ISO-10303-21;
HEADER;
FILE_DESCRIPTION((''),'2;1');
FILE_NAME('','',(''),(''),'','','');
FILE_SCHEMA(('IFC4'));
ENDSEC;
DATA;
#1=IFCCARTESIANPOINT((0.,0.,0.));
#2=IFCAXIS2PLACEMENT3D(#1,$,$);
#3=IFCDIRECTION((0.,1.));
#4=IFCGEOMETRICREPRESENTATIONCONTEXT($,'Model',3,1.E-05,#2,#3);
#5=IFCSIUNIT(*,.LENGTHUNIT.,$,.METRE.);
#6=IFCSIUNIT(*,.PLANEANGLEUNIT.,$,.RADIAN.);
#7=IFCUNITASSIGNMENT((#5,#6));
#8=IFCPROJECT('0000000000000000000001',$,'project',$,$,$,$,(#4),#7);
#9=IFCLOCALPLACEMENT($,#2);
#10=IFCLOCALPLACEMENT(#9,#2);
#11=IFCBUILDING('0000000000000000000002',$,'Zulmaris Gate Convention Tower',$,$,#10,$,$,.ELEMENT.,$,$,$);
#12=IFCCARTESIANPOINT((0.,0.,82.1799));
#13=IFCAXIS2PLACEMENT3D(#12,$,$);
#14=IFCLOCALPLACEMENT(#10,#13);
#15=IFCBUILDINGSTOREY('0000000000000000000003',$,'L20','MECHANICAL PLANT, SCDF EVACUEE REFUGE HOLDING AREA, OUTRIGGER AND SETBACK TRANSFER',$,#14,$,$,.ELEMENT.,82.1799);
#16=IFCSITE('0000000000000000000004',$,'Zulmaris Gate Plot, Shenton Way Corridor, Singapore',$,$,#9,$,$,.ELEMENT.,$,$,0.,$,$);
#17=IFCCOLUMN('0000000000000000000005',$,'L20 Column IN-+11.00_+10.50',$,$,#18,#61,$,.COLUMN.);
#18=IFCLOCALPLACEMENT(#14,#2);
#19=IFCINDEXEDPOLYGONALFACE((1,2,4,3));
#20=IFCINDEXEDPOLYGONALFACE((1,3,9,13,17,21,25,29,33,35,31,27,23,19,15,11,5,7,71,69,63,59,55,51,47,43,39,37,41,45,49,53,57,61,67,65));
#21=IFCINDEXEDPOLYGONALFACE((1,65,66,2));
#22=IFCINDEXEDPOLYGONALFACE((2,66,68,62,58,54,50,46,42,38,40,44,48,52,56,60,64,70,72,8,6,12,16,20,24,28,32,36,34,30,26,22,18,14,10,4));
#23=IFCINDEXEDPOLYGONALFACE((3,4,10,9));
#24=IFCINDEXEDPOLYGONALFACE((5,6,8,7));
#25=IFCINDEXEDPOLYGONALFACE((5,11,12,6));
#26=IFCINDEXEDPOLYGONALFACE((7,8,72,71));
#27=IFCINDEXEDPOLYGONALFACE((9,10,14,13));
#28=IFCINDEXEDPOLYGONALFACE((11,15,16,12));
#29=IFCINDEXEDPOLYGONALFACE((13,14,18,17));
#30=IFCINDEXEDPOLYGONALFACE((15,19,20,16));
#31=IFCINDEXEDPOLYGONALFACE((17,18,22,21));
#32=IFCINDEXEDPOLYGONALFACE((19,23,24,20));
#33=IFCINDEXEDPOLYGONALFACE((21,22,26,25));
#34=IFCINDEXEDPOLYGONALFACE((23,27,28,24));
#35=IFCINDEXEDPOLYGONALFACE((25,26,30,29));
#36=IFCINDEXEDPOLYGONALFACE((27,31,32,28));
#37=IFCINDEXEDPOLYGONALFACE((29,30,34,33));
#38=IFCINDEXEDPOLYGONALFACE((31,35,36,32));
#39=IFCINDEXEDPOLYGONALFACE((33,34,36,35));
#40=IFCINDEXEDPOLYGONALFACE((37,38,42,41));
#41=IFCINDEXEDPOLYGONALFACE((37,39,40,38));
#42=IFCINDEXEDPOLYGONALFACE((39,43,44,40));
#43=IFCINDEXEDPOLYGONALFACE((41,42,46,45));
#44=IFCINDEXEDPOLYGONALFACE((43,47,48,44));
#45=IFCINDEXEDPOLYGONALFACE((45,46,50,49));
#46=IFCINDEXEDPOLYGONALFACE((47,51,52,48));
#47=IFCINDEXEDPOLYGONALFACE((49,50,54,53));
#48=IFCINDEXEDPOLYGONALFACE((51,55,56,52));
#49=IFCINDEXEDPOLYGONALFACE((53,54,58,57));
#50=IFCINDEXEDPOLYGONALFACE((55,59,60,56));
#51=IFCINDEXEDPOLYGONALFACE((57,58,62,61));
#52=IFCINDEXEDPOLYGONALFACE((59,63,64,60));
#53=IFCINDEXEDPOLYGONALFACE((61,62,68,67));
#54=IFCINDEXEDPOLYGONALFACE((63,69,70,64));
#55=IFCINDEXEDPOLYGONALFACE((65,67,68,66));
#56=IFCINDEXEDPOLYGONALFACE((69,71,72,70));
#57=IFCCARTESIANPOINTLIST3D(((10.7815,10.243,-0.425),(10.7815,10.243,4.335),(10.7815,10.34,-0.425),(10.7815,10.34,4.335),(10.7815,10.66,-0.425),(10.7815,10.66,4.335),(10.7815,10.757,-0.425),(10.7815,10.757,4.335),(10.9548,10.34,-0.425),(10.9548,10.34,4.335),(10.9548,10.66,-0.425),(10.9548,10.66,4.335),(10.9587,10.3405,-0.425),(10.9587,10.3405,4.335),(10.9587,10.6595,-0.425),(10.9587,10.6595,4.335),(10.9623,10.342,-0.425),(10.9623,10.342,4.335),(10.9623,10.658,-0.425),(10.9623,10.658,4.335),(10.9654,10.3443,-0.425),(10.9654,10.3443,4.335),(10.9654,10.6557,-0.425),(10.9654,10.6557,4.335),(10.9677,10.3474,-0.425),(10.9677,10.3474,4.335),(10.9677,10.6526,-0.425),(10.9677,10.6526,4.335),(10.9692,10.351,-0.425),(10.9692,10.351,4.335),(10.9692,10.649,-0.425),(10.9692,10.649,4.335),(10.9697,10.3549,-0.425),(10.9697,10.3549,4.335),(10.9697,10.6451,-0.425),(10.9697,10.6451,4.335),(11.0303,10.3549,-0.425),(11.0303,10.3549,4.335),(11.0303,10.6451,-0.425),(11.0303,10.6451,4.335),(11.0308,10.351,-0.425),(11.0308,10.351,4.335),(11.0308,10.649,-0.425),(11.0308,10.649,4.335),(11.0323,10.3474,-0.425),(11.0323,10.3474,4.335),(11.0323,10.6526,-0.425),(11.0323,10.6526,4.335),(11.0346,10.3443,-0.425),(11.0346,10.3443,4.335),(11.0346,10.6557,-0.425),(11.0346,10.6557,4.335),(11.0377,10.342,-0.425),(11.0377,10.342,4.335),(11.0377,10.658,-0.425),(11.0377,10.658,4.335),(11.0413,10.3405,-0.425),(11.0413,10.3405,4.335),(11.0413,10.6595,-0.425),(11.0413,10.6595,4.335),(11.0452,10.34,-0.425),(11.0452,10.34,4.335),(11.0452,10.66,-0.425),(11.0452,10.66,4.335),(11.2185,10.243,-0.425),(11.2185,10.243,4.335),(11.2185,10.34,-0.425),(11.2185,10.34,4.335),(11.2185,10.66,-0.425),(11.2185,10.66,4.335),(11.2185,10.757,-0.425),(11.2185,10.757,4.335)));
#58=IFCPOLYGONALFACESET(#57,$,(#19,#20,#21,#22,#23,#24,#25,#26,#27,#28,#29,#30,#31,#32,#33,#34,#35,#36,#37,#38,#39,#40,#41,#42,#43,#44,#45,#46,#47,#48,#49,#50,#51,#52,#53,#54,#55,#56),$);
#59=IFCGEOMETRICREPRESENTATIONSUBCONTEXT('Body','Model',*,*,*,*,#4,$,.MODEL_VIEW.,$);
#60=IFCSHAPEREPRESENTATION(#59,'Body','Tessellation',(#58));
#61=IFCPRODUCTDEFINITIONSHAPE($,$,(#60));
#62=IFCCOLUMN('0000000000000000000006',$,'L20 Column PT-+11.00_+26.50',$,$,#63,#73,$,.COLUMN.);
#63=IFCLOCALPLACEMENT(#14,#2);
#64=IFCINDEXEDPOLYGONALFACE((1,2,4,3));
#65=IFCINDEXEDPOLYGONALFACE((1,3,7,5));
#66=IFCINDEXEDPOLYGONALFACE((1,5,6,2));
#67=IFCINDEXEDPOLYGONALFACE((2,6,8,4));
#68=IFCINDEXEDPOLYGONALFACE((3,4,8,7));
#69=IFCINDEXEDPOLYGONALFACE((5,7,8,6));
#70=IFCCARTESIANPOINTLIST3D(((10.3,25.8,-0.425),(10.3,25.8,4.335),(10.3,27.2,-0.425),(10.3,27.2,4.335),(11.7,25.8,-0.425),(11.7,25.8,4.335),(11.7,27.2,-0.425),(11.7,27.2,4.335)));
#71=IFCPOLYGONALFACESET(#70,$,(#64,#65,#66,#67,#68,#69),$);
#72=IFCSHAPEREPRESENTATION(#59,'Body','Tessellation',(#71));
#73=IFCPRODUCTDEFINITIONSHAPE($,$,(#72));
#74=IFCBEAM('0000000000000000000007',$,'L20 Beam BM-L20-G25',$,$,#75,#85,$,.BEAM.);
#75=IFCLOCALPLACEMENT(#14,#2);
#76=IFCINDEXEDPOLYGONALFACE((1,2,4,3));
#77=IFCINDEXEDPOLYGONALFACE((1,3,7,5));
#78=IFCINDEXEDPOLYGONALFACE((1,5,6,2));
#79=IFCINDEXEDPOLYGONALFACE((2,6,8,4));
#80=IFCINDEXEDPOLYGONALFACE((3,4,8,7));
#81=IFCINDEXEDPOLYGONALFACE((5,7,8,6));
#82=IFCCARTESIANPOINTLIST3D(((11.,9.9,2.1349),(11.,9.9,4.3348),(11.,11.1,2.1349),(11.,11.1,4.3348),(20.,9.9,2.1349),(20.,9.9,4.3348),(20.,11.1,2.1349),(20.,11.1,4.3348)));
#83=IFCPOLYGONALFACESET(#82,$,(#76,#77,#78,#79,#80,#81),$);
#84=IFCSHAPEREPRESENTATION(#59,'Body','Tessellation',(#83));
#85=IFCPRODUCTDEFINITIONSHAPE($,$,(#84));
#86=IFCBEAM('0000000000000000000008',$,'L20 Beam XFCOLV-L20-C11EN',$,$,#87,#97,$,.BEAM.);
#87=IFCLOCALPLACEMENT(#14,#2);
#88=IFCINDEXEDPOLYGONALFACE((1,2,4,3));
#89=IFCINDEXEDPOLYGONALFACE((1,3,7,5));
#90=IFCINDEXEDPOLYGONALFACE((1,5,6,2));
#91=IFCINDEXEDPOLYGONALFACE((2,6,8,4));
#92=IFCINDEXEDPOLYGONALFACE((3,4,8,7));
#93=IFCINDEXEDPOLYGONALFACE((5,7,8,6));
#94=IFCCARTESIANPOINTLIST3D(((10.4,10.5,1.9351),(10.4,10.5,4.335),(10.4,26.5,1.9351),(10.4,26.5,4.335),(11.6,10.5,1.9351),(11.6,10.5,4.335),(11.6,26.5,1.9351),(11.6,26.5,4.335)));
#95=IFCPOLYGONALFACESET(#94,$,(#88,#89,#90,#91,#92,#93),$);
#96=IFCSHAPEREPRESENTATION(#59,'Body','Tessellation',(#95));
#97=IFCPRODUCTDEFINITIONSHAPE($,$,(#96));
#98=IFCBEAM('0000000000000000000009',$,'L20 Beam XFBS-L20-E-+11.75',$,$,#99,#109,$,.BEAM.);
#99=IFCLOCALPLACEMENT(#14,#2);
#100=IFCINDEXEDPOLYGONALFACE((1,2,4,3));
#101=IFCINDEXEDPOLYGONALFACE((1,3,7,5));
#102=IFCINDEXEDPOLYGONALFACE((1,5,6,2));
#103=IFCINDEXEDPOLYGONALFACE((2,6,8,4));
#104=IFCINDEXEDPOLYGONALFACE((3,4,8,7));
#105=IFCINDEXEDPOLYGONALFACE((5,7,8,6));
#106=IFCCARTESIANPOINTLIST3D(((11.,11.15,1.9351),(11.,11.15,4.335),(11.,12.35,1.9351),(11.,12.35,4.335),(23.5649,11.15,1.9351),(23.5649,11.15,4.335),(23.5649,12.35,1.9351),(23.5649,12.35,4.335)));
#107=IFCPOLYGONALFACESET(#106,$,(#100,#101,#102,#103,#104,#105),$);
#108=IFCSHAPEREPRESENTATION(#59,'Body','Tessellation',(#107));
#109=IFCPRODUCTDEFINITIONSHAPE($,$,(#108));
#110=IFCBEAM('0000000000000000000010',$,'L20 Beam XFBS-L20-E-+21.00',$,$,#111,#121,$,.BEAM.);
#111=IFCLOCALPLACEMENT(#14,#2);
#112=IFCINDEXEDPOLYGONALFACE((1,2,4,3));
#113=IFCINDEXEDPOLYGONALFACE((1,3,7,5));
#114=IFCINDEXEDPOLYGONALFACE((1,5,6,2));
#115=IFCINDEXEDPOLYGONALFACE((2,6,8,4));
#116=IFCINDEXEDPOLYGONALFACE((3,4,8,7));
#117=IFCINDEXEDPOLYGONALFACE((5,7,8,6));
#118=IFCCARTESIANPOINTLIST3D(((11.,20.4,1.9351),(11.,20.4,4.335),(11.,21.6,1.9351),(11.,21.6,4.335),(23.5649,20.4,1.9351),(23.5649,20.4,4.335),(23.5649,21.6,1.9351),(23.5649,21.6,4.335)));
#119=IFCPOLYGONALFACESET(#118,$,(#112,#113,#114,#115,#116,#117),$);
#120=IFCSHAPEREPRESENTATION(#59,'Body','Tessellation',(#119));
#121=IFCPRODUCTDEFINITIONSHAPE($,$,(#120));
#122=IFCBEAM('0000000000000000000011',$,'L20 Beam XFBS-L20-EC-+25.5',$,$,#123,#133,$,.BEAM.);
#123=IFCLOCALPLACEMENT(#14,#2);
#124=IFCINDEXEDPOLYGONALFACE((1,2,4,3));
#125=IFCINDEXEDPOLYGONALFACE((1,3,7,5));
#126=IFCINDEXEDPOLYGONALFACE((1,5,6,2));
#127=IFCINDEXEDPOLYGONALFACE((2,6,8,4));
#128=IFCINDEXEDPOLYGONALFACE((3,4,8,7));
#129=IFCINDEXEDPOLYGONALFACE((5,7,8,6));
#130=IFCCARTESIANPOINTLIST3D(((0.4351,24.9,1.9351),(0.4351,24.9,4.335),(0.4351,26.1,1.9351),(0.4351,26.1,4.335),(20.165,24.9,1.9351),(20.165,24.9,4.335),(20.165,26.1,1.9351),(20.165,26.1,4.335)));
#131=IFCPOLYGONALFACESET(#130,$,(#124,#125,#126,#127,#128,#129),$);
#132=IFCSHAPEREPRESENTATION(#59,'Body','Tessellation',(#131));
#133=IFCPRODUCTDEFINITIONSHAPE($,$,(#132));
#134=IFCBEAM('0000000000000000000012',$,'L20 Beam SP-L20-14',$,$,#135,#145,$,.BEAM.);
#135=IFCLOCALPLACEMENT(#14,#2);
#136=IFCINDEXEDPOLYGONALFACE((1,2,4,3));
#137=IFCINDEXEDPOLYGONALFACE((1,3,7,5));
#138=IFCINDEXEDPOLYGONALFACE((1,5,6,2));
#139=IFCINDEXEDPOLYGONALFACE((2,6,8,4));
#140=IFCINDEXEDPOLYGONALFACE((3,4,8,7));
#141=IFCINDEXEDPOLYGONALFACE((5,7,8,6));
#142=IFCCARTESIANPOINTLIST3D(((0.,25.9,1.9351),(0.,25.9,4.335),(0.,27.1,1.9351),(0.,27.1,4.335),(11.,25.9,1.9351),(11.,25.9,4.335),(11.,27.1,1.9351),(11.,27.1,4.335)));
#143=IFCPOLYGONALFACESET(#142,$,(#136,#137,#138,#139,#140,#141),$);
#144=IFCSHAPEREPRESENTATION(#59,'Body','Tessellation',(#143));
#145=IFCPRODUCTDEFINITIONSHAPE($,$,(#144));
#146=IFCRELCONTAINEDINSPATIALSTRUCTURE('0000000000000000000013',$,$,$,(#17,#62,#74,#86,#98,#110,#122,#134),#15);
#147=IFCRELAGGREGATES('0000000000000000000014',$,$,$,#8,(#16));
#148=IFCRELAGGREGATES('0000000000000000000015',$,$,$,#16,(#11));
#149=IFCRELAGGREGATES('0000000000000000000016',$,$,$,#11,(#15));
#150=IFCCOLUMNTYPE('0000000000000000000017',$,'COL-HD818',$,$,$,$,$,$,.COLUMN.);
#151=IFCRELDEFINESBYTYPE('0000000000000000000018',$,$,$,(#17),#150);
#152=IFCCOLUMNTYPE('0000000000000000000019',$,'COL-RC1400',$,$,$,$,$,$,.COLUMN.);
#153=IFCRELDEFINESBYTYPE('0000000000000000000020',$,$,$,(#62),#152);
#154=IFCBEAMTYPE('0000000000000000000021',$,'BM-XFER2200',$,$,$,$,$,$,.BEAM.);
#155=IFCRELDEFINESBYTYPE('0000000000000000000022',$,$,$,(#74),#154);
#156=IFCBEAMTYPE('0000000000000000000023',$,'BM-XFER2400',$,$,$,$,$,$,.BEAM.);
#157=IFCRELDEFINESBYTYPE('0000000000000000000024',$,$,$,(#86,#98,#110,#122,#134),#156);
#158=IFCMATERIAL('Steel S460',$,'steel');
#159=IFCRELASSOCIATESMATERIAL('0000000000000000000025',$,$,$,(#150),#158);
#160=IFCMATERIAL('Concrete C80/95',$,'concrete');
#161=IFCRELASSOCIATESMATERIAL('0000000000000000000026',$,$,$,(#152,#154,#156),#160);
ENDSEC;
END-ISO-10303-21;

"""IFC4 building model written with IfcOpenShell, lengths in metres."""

from ifc_helpers import new_model, si_unit, direction, frame, origin, origin_2d, place, context, subcontext, project, spatial, rectangle, i_section, extrude, material, material_profile, profile_set, type_object, element, save


model = new_model("IFC4")

# Units and contexts
model_context = context("Model", 3, precision=1e-05, world=origin(), true_north=direction((0.0, 1.0)))
body_context = subcontext(model_context, "Body", "Model", "MODEL_VIEW")
ifc_project = project(units=[si_unit("LENGTHUNIT", "METRE"), si_unit("PLANEANGLEUNIT", "RADIAN")], contexts=[model_context])

# Site, building, storey
site_placement = place(None, origin())
site = spatial("IfcSite", under=ifc_project, at=site_placement, Name="Zulmaris Gate Plot, Shenton Way Corridor, Singapore", CompositionType="ELEMENT", RefElevation=0.0)
building_placement = place(site_placement, origin())
building = spatial("IfcBuilding", under=site, at=building_placement, Name="Zulmaris Gate Convention Tower", CompositionType="ELEMENT")
storey_placement = place(building_placement, frame((0.0, 0.0, 82.1799)))
storey = spatial("IfcBuildingStorey", under=building, at=storey_placement, Name="L20", Description="MECHANICAL PLANT, SCDF EVACUEE REFUGE HOLDING AREA, OUTRIGGER AND SETBACK TRANSFER", CompositionType="ELEMENT", Elevation=82.1799)

# Columns
ifc_material_1 = material(Name="Steel S460", Category="steel")
ifc_material_profile_1 = material_profile(ifc_material_1, i_section(OverallWidth=0.437, OverallDepth=0.5139, WebThickness=0.0605, FlangeThickness=0.0969, FilletRadius=0.0149, at=origin_2d()), Name="HD 400x818")
ifc_profile_set_1 = profile_set([ifc_material_profile_1], Name="Steel S460")
column_type_1 = type_object("IfcColumnType", Name="COL-HD818", PredefinedType="COLUMN", material=ifc_profile_set_1)
column_1_placement = place(storey_placement, frame((11.0, 10.5, -0.425), z_axis=(0.0, 0.0, 1.0), x_axis=(1.0, 0.0, 0.0)))
element("IfcColumn", 1, at=column_1_placement, inside=storey, type_object=column_type_1, Name="L20 Column IN-+11.00_+10.50", PredefinedType="COLUMN", context=body_context, shape_type="SweptSolid", body=[
    extrude(i_section(OverallWidth=0.437, OverallDepth=0.5139, WebThickness=0.0605, FlangeThickness=0.0969, FilletRadius=0.0149, at=origin_2d()), origin(), (0.0, 0.0, 1.0), 4.76),
])
ifc_material_2 = material(Name="Concrete C80/95", Category="concrete")
ifc_material_profile_2 = material_profile(ifc_material_2, rectangle(XDim=1.3999, YDim=1.3999, at=origin_2d()), Name="RC COL 1400x1400")
ifc_profile_set_2 = profile_set([ifc_material_profile_2], Name="Concrete C80/95")
column_type_2 = type_object("IfcColumnType", Name="COL-RC1400", PredefinedType="COLUMN", material=ifc_profile_set_2)
column_2_placement = place(storey_placement, frame((11.0, 26.5, -0.425), z_axis=(0.0, 0.0, 1.0), x_axis=(1.0, 0.0, 0.0)))
element("IfcColumn", 2, at=column_2_placement, inside=storey, type_object=column_type_2, Name="L20 Column PT-+11.00_+26.50", PredefinedType="COLUMN", context=body_context, shape_type="SweptSolid", body=[
    extrude(rectangle(XDim=1.3999, YDim=1.3999, at=origin_2d()), origin(), (0.0, 0.0, 1.0), 4.76),
])

# Beams
ifc_material_profile_3 = material_profile(ifc_material_2, rectangle(XDim=1.2, YDim=2.2, at=origin_2d()), Name="RC TRANSFER 1200x2200")
ifc_profile_set_3 = profile_set([ifc_material_profile_3], Name="Concrete C80/95")
beam_type_1 = type_object("IfcBeamType", Name="BM-XFER2200", PredefinedType="BEAM", material=ifc_profile_set_3)
beam_1_placement = place(storey_placement, frame((11.0, 10.5, 3.2349), z_axis=(1.0, 0.0, 0.0), x_axis=(0.0, 1.0, 0.0)))
element("IfcBeam", 3, at=beam_1_placement, inside=storey, type_object=beam_type_1, Name="L20 Beam BM-L20-G25", PredefinedType="BEAM", context=body_context, shape_type="SweptSolid", body=[
    extrude(rectangle(XDim=1.2, YDim=2.2, at=origin_2d()), origin(), (0.0, 0.0, 1.0), 9.0),
])
ifc_material_profile_4 = material_profile(ifc_material_2, rectangle(XDim=1.2, YDim=2.3999, at=origin_2d()), Name="RC TRANSFER 1200x2400")
ifc_profile_set_4 = profile_set([ifc_material_profile_4], Name="Concrete C80/95")
beam_type_2 = type_object("IfcBeamType", Name="BM-XFER2400", PredefinedType="BEAM", material=ifc_profile_set_4)
beam_2_placement = place(storey_placement, frame((11.0, 10.5, 3.135), z_axis=(0.0, 1.0, 0.0), x_axis=(-1.0, 0.0, 0.0)))
element("IfcBeam", 4, at=beam_2_placement, inside=storey, type_object=beam_type_2, Name="L20 Beam XFCOLV-L20-C11EN", PredefinedType="BEAM", context=body_context, shape_type="SweptSolid", body=[
    extrude(rectangle(XDim=1.2, YDim=2.3999, at=origin_2d()), origin(), (0.0, 0.0, 1.0), 16.0),
])
for number, where, z_axis, x_axis, name in (
    (5, (11.0, 11.75, 3.135), (1.0, 0.0, 0.0), (0.0, 1.0, 0.0), "L20 Beam XFBS-L20-E-+11.75"),
    (6, (11.0, 21.0, 3.135), (1.0, 0.0, 0.0), (0.0, 1.0, 0.0), "L20 Beam XFBS-L20-E-+21.00"),
):
    element("IfcBeam", number, at=place(storey_placement, frame(where, z_axis=z_axis, x_axis=x_axis)), inside=storey, type_object=beam_type_2, Name=name, PredefinedType="BEAM", context=body_context, shape_type="SweptSolid", body=[
        extrude(rectangle(XDim=1.2, YDim=2.3999, at=origin_2d()), origin(), (0.0, 0.0, 1.0), 12.5649),
    ])
beam_3_placement = place(storey_placement, frame((0.4351, 25.5, 3.135), z_axis=(1.0, 0.0, 0.0), x_axis=(0.0, 1.0, 0.0)))
element("IfcBeam", 7, at=beam_3_placement, inside=storey, type_object=beam_type_2, Name="L20 Beam XFBS-L20-EC-+25.5", PredefinedType="BEAM", context=body_context, shape_type="SweptSolid", body=[
    extrude(rectangle(XDim=1.2, YDim=2.3999, at=origin_2d()), origin(), (0.0, 0.0, 1.0), 19.73),
])
beam_4_placement = place(storey_placement, frame((11.0, 26.5, 3.135), z_axis=(-1.0, 0.0, 0.0), x_axis=(0.0, -1.0, 0.0)))
element("IfcBeam", 8, at=beam_4_placement, inside=storey, type_object=beam_type_2, Name="L20 Beam SP-L20-14", PredefinedType="BEAM", context=body_context, shape_type="SweptSolid", body=[
    extrude(rectangle(XDim=1.2, YDim=2.3999, at=origin_2d()), origin(), (0.0, 0.0, 1.0), 11.0),
])

save(model, "model.ifc")
